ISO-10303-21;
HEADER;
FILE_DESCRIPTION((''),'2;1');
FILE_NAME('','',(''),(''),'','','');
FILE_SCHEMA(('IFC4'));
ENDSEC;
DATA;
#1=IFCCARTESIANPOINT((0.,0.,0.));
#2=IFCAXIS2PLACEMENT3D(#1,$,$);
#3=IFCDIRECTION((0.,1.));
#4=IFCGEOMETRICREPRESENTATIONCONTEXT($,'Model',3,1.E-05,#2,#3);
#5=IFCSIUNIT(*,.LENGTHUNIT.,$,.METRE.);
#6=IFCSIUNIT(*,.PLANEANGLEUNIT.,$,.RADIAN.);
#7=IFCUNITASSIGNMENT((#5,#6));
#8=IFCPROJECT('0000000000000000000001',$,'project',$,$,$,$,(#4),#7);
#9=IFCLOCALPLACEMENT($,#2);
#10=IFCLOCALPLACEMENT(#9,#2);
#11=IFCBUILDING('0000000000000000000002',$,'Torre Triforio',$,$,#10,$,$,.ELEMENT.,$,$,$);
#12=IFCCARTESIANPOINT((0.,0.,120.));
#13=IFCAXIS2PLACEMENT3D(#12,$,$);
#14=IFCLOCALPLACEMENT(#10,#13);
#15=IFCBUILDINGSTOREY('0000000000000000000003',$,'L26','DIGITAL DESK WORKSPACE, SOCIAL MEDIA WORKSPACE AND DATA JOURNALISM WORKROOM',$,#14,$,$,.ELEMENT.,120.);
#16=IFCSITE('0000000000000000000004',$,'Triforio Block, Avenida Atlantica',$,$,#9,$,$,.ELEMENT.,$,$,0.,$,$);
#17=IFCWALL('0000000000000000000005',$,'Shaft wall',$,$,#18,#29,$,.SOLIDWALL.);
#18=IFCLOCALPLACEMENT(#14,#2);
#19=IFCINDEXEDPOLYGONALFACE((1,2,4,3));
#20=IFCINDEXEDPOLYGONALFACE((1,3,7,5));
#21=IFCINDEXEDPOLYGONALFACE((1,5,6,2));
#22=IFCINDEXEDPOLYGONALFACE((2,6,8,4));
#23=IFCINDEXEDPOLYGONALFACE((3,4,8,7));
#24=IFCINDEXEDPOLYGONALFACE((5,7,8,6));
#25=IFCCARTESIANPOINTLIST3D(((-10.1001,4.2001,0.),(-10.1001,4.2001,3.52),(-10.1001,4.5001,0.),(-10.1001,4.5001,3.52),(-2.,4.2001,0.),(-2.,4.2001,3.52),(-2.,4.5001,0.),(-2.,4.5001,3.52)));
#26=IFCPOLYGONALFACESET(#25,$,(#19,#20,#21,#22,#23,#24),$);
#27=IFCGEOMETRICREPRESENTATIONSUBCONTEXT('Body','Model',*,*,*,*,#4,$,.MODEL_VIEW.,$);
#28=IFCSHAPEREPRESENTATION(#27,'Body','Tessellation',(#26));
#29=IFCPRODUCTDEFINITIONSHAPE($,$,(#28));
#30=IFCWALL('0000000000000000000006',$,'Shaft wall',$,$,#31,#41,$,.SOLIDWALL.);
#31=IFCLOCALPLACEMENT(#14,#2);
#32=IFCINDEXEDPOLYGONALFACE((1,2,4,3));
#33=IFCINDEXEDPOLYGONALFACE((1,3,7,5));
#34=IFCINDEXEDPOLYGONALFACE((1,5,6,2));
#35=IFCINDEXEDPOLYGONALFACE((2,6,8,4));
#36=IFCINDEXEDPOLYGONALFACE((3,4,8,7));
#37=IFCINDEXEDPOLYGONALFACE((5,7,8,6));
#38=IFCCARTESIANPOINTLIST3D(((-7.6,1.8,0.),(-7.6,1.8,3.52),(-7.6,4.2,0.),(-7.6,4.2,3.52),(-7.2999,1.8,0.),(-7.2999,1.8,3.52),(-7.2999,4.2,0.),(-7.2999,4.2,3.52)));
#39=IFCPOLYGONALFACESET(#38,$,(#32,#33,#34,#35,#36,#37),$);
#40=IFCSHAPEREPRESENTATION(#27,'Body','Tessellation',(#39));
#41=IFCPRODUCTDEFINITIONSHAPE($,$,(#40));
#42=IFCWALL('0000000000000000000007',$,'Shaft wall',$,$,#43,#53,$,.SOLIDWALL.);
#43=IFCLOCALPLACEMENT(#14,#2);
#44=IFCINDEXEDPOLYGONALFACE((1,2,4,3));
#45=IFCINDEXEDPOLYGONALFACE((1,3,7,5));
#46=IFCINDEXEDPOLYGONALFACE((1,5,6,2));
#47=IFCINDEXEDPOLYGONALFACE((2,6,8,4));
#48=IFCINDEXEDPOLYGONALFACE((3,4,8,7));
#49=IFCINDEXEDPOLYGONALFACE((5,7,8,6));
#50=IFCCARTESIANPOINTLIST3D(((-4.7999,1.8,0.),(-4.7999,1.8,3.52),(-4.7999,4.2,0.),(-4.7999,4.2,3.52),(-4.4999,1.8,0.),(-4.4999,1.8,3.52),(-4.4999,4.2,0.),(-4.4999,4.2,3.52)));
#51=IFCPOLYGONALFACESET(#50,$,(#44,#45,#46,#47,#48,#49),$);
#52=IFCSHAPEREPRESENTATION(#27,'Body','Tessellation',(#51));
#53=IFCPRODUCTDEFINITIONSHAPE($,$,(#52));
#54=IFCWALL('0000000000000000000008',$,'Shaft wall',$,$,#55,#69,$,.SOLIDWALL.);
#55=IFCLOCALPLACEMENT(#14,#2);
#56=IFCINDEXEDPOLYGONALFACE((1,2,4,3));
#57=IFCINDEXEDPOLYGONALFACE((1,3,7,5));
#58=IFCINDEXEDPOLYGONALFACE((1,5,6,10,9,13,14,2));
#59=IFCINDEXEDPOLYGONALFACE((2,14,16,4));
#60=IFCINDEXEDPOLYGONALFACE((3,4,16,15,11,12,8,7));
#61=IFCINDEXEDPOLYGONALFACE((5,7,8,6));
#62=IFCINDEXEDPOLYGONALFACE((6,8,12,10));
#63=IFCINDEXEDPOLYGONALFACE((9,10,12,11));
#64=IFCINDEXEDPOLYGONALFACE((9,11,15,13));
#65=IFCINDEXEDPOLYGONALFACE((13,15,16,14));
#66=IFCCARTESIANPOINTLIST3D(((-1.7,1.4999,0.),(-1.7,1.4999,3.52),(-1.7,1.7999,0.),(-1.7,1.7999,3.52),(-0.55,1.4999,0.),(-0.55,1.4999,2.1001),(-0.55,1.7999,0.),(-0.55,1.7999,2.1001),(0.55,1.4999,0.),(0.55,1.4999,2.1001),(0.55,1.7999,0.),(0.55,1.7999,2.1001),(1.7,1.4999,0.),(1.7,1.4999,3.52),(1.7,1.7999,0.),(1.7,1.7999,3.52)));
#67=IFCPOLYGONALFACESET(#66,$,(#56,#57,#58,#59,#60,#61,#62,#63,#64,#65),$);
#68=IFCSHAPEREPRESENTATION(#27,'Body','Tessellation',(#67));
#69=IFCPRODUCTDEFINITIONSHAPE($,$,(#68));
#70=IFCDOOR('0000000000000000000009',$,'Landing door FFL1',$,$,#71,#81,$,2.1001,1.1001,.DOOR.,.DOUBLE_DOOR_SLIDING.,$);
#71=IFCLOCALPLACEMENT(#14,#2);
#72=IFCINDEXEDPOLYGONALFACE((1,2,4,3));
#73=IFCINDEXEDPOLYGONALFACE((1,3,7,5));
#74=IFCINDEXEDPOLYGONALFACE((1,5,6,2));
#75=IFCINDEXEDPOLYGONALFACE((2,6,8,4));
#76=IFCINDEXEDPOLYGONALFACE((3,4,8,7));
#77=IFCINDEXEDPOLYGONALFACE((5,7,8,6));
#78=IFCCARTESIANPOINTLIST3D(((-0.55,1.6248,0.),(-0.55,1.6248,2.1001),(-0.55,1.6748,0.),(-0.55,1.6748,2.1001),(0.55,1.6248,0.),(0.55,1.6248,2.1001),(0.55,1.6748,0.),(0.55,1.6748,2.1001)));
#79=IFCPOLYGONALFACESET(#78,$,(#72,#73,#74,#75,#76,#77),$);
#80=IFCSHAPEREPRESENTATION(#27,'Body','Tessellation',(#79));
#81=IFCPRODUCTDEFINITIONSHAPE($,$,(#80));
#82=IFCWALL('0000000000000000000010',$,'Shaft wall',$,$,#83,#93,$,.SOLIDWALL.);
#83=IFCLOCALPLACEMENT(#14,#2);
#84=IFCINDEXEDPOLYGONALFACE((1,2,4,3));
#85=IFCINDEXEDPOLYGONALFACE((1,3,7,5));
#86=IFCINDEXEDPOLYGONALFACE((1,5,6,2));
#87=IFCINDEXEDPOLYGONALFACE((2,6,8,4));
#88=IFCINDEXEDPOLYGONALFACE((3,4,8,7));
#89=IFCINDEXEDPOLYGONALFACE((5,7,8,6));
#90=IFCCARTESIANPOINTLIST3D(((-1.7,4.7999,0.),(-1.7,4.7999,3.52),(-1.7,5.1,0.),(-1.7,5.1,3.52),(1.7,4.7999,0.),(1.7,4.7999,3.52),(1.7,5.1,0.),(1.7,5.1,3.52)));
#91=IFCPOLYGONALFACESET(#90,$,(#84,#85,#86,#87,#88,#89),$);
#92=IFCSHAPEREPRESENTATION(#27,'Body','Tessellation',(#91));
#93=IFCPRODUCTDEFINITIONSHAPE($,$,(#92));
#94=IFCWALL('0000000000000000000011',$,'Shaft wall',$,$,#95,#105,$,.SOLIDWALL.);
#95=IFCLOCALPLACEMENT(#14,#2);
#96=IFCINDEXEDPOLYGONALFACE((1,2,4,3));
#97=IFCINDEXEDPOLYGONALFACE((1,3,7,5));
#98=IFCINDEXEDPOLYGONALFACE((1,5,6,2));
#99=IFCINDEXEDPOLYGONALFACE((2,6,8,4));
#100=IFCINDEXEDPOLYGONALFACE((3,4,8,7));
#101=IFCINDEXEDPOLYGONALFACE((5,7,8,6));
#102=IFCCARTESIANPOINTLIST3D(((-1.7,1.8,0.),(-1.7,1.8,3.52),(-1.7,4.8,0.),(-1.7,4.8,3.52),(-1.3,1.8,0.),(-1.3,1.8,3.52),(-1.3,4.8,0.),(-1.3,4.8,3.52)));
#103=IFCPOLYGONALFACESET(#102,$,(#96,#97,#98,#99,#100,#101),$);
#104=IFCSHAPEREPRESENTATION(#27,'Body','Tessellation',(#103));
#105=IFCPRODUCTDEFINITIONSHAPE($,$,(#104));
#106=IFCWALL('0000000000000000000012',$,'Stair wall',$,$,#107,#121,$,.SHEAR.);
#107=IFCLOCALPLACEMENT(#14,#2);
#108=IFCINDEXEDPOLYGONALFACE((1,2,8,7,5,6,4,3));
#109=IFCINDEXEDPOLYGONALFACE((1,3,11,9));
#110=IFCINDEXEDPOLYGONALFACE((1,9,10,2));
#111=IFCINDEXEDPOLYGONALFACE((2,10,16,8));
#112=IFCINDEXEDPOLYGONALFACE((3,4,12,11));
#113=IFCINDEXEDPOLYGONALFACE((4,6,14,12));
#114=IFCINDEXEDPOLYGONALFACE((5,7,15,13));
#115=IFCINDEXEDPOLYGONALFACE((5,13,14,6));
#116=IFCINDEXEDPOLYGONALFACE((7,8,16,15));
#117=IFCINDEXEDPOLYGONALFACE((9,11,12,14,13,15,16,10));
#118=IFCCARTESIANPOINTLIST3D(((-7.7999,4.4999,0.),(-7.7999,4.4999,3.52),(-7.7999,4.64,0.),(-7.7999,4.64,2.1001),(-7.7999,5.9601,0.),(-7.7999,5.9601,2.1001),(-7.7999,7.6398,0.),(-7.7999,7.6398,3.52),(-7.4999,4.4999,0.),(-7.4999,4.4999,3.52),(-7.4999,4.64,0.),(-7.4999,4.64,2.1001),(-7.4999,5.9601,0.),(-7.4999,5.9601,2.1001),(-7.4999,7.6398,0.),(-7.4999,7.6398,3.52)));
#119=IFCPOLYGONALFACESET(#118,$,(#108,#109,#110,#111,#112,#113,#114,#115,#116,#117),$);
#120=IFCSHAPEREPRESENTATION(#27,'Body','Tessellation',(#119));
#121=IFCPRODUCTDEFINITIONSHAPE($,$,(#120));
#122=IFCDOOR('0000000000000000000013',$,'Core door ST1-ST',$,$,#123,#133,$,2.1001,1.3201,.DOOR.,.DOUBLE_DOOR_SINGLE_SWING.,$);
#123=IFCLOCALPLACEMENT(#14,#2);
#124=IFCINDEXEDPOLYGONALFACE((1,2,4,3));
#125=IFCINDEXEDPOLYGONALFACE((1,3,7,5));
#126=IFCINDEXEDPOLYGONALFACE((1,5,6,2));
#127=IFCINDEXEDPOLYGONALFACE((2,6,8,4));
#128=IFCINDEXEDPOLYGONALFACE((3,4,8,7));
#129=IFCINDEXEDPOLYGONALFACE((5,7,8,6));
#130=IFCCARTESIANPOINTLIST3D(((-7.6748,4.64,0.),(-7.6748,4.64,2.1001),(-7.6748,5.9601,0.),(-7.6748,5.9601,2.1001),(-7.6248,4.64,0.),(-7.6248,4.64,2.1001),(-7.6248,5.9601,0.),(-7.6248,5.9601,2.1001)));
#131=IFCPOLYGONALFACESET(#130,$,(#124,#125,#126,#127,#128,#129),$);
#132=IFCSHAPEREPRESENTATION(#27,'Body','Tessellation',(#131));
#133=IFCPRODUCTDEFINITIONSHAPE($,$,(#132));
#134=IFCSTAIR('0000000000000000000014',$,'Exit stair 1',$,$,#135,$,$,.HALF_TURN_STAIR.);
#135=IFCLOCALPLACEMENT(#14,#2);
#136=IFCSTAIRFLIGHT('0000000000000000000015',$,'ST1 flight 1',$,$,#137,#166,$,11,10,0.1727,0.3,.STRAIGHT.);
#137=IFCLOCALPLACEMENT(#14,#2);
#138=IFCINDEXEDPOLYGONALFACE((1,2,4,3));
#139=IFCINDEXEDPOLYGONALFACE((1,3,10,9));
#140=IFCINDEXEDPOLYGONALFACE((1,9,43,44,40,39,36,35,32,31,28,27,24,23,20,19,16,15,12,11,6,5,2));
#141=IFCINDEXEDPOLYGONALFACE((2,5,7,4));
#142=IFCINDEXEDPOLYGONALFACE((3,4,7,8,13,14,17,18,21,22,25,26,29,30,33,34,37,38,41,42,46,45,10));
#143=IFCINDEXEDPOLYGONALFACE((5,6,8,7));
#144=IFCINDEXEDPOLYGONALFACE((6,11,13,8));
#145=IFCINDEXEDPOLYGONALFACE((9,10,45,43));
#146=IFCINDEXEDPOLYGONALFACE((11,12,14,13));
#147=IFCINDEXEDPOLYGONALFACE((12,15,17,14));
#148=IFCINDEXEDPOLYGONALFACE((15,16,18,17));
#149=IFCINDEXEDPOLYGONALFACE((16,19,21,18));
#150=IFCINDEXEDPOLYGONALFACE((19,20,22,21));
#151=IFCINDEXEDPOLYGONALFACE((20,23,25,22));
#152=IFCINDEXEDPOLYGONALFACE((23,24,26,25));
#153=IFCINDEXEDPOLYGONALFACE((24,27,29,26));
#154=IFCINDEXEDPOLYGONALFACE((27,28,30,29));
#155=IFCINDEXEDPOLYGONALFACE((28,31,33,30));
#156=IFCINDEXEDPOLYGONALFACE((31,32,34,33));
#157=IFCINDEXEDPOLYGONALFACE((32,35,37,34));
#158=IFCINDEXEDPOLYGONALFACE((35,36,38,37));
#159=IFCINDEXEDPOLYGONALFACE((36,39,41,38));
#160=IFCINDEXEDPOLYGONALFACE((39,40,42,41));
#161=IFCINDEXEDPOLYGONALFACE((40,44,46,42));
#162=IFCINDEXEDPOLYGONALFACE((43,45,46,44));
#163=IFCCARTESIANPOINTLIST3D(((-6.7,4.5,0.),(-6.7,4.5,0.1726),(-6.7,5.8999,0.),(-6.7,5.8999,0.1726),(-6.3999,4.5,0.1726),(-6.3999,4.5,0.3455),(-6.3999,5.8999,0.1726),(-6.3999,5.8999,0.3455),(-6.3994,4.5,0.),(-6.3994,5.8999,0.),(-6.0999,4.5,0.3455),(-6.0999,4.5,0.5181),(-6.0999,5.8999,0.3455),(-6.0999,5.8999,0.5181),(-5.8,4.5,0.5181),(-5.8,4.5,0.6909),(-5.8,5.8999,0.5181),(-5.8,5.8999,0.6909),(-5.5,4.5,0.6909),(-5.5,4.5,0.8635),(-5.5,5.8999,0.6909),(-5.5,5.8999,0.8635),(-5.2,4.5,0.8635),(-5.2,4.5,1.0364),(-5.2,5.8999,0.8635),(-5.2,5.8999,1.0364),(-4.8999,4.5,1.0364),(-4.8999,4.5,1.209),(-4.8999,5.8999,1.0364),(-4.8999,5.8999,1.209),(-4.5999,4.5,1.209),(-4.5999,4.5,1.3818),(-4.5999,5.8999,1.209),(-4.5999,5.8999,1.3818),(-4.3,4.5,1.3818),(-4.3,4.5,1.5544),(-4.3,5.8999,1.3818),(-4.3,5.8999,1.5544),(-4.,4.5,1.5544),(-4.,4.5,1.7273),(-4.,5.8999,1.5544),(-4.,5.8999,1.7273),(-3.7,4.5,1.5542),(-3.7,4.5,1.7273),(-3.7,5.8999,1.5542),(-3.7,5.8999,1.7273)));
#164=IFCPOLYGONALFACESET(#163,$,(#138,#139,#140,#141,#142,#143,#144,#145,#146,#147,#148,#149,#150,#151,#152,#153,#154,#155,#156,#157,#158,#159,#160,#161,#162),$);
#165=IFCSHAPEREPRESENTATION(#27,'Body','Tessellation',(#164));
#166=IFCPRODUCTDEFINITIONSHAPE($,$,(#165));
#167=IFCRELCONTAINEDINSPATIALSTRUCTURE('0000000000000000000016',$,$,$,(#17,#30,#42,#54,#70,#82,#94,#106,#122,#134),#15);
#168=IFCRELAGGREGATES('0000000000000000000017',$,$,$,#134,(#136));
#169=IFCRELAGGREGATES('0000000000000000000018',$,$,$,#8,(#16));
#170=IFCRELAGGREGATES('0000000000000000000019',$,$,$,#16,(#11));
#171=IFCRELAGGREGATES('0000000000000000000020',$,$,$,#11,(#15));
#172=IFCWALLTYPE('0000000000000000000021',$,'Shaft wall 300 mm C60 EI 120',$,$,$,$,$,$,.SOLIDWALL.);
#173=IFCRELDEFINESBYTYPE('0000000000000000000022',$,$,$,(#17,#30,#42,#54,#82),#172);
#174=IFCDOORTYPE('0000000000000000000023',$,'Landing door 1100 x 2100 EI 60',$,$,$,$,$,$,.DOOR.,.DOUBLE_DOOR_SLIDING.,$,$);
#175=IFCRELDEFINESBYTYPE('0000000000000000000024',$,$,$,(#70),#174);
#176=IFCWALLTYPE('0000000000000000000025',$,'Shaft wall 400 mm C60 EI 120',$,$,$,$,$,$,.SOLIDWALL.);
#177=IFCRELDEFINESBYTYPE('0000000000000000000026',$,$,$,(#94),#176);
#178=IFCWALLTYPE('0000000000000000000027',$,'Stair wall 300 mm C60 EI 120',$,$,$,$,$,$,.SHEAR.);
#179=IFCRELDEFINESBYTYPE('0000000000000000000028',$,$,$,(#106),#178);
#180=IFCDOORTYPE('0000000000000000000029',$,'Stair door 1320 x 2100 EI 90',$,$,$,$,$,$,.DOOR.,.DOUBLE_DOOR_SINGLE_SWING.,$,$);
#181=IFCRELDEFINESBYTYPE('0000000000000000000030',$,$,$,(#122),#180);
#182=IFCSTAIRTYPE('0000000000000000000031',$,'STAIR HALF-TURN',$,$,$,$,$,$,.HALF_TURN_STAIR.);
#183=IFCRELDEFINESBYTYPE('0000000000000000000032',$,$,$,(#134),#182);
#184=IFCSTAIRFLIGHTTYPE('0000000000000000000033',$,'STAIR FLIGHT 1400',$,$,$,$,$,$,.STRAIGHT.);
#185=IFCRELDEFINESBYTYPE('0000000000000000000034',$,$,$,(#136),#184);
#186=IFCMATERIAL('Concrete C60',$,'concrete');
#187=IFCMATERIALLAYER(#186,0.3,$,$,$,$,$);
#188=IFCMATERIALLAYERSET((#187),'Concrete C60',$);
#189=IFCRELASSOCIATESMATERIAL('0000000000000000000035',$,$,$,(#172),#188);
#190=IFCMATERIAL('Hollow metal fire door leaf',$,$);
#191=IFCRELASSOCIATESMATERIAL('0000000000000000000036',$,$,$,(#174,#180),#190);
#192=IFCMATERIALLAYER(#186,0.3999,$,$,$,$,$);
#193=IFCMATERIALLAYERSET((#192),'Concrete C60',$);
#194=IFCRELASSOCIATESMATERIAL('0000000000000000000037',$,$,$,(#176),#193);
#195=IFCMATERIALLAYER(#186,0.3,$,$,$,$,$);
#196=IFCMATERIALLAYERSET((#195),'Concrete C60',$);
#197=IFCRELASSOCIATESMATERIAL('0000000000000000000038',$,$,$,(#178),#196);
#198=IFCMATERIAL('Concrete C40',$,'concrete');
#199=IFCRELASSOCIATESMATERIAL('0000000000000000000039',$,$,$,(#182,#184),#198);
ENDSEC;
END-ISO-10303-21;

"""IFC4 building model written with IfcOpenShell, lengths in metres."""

from ifc_helpers import new_model, si_unit, direction, frame, frame_2d, origin, place, context, subcontext, project, spatial, polyline, rectangle, outline, extrude, material, layer, layer_set, type_object, element, fill, aggregate, save


model = new_model("IFC4")

# Units and contexts
model_context = context("Model", 3, precision=1e-05, world=origin(), true_north=direction((0.0, 1.0)))
body_context = subcontext(model_context, "Body", "Model", "MODEL_VIEW")
ifc_project = project(units=[si_unit("LENGTHUNIT", "METRE"), si_unit("PLANEANGLEUNIT", "RADIAN")], contexts=[model_context])

# Site, building, storey
site_placement = place(None, origin())
site = spatial("IfcSite", under=ifc_project, at=site_placement, Name="Triforio Block, Avenida Atlantica", CompositionType="ELEMENT", RefElevation=0.0)
building_placement = place(site_placement, origin())
building = spatial("IfcBuilding", under=site, at=building_placement, Name="Torre Triforio", CompositionType="ELEMENT")
storey_placement = place(building_placement, frame((0.0, 0.0, 120.0)))
storey = spatial("IfcBuildingStorey", under=building, at=storey_placement, Name="L26", Description="DIGITAL DESK WORKSPACE, SOCIAL MEDIA WORKSPACE AND DATA JOURNALISM WORKROOM", CompositionType="ELEMENT", Elevation=120.0)

# Walls
ifc_material_1 = material(Name="Concrete C60", Category="concrete")
ifc_layer_1 = layer(ifc_material_1, 0.3)
ifc_layer_set_1 = layer_set([ifc_layer_1], Name="Concrete C60")
wall_type_1 = type_object("IfcWallType", Name="Shaft wall 300 mm C60 EI 120", PredefinedType="SOLIDWALL", material=ifc_layer_set_1)
wall_1_placement = place(storey_placement, frame((-10.1001, 4.3501, 0.0), z_axis=(0.0, 0.0, 1.0), x_axis=(1.0, 0.0, 0.0)))
element("IfcWall", 1, at=wall_1_placement, inside=storey, type_object=wall_type_1, Name="Shaft wall", PredefinedType="SOLIDWALL", context=body_context, shape_type="SweptSolid", body=[
    extrude(rectangle(XDim=8.1001, YDim=0.3, at=frame_2d((4.05, 0.0))), origin(), (0.0, 0.0, 1.0), 3.52),
])
for number, where, z_axis, x_axis, name in (
    (2, (-7.45, 1.8, 0.0), (0.0, 0.0, 1.0), (0.0, 1.0, 0.0), "Shaft wall"),
    (3, (-4.6499, 1.8, 0.0), (0.0, 0.0, 1.0), (0.0, 1.0, 0.0), "Shaft wall"),
):
    element("IfcWall", number, at=place(storey_placement, frame(where, z_axis=z_axis, x_axis=x_axis)), inside=storey, type_object=wall_type_1, Name=name, PredefinedType="SOLIDWALL", context=body_context, shape_type="SweptSolid", body=[
        extrude(rectangle(XDim=2.3999, YDim=0.3, at=frame_2d((1.2, 0.0))), origin(), (0.0, 0.0, 1.0), 3.52),
    ])

# Wall, opening, door
wall_2_placement = place(storey_placement, frame((-1.7, 1.6499, 0.0), z_axis=(0.0, 0.0, 1.0), x_axis=(1.0, 0.0, 0.0)))
wall_2 = element("IfcWall", 4, at=wall_2_placement, inside=storey, type_object=wall_type_1, Name="Shaft wall", PredefinedType="SOLIDWALL", context=body_context, shape_type="SweptSolid", body=[
    extrude(rectangle(XDim=3.3999, YDim=0.3, at=frame_2d((1.7, 0.0))), origin(), (0.0, 0.0, 1.0), 3.52),
])
opening_1_placement = place(wall_2_placement, frame((1.1499, 0.0, 0.0)))
opening_1 = element("IfcOpeningElement", 5, at=opening_1_placement, cuts=wall_2, PredefinedType="OPENING", context=body_context, shape_type="SweptSolid", body=[
    extrude(rectangle(XDim=1.1001, YDim=2.1001, at=frame_2d((0.55, 1.05))), frame((0.0, 0.1599, 0.0), z_axis=(0.0, -1.0, 0.0), x_axis=(1.0, 0.0, 0.0)), (0.0, 0.0, 1.0), 0.3201),
])
ifc_material_2 = material(Name="Hollow metal fire door leaf")
door_type_1 = type_object("IfcDoorType", Name="Landing door 1100 x 2100 EI 60", OperationType="DOUBLE_DOOR_SLIDING", PredefinedType="DOOR", material=ifc_material_2)
door_1_placement = place(opening_1_placement, origin())
door_1 = element("IfcDoor", 6, at=door_1_placement, inside=storey, type_object=door_type_1, Name="Landing door FFL1", OperationType="DOUBLE_DOOR_SLIDING", OverallHeight=2.1001, OverallWidth=1.1001, PredefinedType="DOOR", context=body_context, shape_type="SweptSolid", body=[
    extrude(rectangle(XDim=1.1001, YDim=2.1001, at=frame_2d((0.55, 1.05))), frame((0.0, 0.0249, 0.0), z_axis=(0.0, -1.0, 0.0), x_axis=(1.0, 0.0, 0.0)), (0.0, 0.0, 1.0), 0.05),
])
fill(opening_1, door_1)

# Walls
wall_3_placement = place(storey_placement, frame((-1.7, 4.95, 0.0), z_axis=(0.0, 0.0, 1.0), x_axis=(1.0, 0.0, 0.0)))
element("IfcWall", 7, at=wall_3_placement, inside=storey, type_object=wall_type_1, Name="Shaft wall", PredefinedType="SOLIDWALL", context=body_context, shape_type="SweptSolid", body=[
    extrude(rectangle(XDim=3.3999, YDim=0.3, at=frame_2d((1.7, 0.0))), origin(), (0.0, 0.0, 1.0), 3.52),
])
ifc_layer_2 = layer(ifc_material_1, 0.3999)
ifc_layer_set_2 = layer_set([ifc_layer_2], Name="Concrete C60")
wall_type_2 = type_object("IfcWallType", Name="Shaft wall 400 mm C60 EI 120", PredefinedType="SOLIDWALL", material=ifc_layer_set_2)
wall_4_placement = place(storey_placement, frame((-1.5, 1.8, 0.0), z_axis=(0.0, 0.0, 1.0), x_axis=(0.0, 1.0, 0.0)))
element("IfcWall", 8, at=wall_4_placement, inside=storey, type_object=wall_type_2, Name="Shaft wall", PredefinedType="SOLIDWALL", context=body_context, shape_type="SweptSolid", body=[
    extrude(rectangle(XDim=3.0, YDim=0.3999, at=frame_2d((1.5, 0.0))), origin(), (0.0, 0.0, 1.0), 3.52),
])

# Wall, opening, door
ifc_layer_3 = layer(ifc_material_1, 0.3)
ifc_layer_set_3 = layer_set([ifc_layer_3], Name="Concrete C60")
wall_type_3 = type_object("IfcWallType", Name="Stair wall 300 mm C60 EI 120", PredefinedType="SHEAR", material=ifc_layer_set_3)
wall_5_placement = place(storey_placement, frame((-7.6499, 4.5, 0.0), z_axis=(0.0, 0.0, 1.0), x_axis=(0.0, 1.0, 0.0)))
wall_5 = element("IfcWall", 9, at=wall_5_placement, inside=storey, type_object=wall_type_3, Name="Stair wall", PredefinedType="SHEAR", context=body_context, shape_type="SweptSolid", body=[
    extrude(rectangle(XDim=3.1399, YDim=0.3, at=frame_2d((1.5698, 0.0))), origin(), (0.0, 0.0, 1.0), 3.52),
])
opening_2_placement = place(wall_5_placement, frame((0.1399, 0.0, 0.0)))
opening_2 = element("IfcOpeningElement", 10, at=opening_2_placement, cuts=wall_5, PredefinedType="OPENING", context=body_context, shape_type="SweptSolid", body=[
    extrude(rectangle(XDim=1.3201, YDim=2.1001, at=frame_2d((0.6602, 1.05))), frame((0.0, 0.1599, 0.0), z_axis=(0.0, -1.0, 0.0), x_axis=(1.0, 0.0, 0.0)), (0.0, 0.0, 1.0), 0.3201),
])
door_type_2 = type_object("IfcDoorType", Name="Stair door 1320 x 2100 EI 90", OperationType="DOUBLE_DOOR_SINGLE_SWING", PredefinedType="DOOR", material=ifc_material_2)
door_2_placement = place(opening_2_placement, origin())
door_2 = element("IfcDoor", 11, at=door_2_placement, inside=storey, type_object=door_type_2, Name="Core door ST1-ST", OperationType="DOUBLE_DOOR_SINGLE_SWING", OverallHeight=2.1001, OverallWidth=1.3201, PredefinedType="DOOR", context=body_context, shape_type="SweptSolid", body=[
    extrude(rectangle(XDim=1.3201, YDim=2.1001, at=frame_2d((0.6602, 1.05))), frame((0.0, 0.0249, 0.0), z_axis=(0.0, -1.0, 0.0), x_axis=(1.0, 0.0, 0.0)), (0.0, 0.0, 1.0), 0.05),
])
fill(opening_2, door_2)

# Stair, stair flight
ifc_material_3 = material(Name="Concrete C40", Category="concrete")
stair_type = type_object("IfcStairType", Name="STAIR HALF-TURN", PredefinedType="HALF_TURN_STAIR", material=ifc_material_3)
stair_placement = place(storey_placement, origin())
stair = element("IfcStair", 12, at=stair_placement, inside=storey, type_object=stair_type, Name="Exit stair 1", PredefinedType="HALF_TURN_STAIR")
stair_flight_type = type_object("IfcStairFlightType", Name="STAIR FLIGHT 1400", PredefinedType="STRAIGHT", material=ifc_material_3)
stair_flight_placement = place(storey_placement, frame((-6.7, 5.2, 0.0), z_axis=(0.0, 0.0, 1.0), x_axis=(1.0, 0.0, 0.0)))
stair_flight = element("IfcStairFlight", 13, at=stair_flight_placement, type_object=stair_flight_type, Name="ST1 flight 1", NumberOfRisers=11, NumberOfTreads=10, PredefinedType="STRAIGHT", RiserHeight=0.1727, TreadLength=0.3, context=body_context, shape_type="SweptSolid", body=[
    extrude(outline(polyline([(0.0, 0.0), (0.0, 0.1726), (0.3, 0.1726), (0.3, 0.3455), (0.6001, 0.3455), (0.6001, 0.5181), (0.8999, 0.5181), (0.8999, 0.6909), (1.2, 0.6909), (1.2, 0.8635), (1.5, 0.8635), (1.5, 1.0364), (1.8, 1.0364), (1.8, 1.209), (2.1001, 1.209), (2.1001, 1.3818), (2.3999, 1.3818), (2.3999, 1.5544), (2.7, 1.5544), (2.7, 1.7273), (3.0, 1.7273), (3.0, 1.8999), (3.0, 1.5542), (0.3005, 0.0), (0.0, 0.0)])), frame((0.0, 0.7, 0.0), z_axis=(0.0, -1.0, 0.0), x_axis=(1.0, 0.0, 0.0)), (0.0, 0.0, 1.0), 1.3999),
])
aggregate(stair, [stair_flight])

save(model, "model.ifc")
